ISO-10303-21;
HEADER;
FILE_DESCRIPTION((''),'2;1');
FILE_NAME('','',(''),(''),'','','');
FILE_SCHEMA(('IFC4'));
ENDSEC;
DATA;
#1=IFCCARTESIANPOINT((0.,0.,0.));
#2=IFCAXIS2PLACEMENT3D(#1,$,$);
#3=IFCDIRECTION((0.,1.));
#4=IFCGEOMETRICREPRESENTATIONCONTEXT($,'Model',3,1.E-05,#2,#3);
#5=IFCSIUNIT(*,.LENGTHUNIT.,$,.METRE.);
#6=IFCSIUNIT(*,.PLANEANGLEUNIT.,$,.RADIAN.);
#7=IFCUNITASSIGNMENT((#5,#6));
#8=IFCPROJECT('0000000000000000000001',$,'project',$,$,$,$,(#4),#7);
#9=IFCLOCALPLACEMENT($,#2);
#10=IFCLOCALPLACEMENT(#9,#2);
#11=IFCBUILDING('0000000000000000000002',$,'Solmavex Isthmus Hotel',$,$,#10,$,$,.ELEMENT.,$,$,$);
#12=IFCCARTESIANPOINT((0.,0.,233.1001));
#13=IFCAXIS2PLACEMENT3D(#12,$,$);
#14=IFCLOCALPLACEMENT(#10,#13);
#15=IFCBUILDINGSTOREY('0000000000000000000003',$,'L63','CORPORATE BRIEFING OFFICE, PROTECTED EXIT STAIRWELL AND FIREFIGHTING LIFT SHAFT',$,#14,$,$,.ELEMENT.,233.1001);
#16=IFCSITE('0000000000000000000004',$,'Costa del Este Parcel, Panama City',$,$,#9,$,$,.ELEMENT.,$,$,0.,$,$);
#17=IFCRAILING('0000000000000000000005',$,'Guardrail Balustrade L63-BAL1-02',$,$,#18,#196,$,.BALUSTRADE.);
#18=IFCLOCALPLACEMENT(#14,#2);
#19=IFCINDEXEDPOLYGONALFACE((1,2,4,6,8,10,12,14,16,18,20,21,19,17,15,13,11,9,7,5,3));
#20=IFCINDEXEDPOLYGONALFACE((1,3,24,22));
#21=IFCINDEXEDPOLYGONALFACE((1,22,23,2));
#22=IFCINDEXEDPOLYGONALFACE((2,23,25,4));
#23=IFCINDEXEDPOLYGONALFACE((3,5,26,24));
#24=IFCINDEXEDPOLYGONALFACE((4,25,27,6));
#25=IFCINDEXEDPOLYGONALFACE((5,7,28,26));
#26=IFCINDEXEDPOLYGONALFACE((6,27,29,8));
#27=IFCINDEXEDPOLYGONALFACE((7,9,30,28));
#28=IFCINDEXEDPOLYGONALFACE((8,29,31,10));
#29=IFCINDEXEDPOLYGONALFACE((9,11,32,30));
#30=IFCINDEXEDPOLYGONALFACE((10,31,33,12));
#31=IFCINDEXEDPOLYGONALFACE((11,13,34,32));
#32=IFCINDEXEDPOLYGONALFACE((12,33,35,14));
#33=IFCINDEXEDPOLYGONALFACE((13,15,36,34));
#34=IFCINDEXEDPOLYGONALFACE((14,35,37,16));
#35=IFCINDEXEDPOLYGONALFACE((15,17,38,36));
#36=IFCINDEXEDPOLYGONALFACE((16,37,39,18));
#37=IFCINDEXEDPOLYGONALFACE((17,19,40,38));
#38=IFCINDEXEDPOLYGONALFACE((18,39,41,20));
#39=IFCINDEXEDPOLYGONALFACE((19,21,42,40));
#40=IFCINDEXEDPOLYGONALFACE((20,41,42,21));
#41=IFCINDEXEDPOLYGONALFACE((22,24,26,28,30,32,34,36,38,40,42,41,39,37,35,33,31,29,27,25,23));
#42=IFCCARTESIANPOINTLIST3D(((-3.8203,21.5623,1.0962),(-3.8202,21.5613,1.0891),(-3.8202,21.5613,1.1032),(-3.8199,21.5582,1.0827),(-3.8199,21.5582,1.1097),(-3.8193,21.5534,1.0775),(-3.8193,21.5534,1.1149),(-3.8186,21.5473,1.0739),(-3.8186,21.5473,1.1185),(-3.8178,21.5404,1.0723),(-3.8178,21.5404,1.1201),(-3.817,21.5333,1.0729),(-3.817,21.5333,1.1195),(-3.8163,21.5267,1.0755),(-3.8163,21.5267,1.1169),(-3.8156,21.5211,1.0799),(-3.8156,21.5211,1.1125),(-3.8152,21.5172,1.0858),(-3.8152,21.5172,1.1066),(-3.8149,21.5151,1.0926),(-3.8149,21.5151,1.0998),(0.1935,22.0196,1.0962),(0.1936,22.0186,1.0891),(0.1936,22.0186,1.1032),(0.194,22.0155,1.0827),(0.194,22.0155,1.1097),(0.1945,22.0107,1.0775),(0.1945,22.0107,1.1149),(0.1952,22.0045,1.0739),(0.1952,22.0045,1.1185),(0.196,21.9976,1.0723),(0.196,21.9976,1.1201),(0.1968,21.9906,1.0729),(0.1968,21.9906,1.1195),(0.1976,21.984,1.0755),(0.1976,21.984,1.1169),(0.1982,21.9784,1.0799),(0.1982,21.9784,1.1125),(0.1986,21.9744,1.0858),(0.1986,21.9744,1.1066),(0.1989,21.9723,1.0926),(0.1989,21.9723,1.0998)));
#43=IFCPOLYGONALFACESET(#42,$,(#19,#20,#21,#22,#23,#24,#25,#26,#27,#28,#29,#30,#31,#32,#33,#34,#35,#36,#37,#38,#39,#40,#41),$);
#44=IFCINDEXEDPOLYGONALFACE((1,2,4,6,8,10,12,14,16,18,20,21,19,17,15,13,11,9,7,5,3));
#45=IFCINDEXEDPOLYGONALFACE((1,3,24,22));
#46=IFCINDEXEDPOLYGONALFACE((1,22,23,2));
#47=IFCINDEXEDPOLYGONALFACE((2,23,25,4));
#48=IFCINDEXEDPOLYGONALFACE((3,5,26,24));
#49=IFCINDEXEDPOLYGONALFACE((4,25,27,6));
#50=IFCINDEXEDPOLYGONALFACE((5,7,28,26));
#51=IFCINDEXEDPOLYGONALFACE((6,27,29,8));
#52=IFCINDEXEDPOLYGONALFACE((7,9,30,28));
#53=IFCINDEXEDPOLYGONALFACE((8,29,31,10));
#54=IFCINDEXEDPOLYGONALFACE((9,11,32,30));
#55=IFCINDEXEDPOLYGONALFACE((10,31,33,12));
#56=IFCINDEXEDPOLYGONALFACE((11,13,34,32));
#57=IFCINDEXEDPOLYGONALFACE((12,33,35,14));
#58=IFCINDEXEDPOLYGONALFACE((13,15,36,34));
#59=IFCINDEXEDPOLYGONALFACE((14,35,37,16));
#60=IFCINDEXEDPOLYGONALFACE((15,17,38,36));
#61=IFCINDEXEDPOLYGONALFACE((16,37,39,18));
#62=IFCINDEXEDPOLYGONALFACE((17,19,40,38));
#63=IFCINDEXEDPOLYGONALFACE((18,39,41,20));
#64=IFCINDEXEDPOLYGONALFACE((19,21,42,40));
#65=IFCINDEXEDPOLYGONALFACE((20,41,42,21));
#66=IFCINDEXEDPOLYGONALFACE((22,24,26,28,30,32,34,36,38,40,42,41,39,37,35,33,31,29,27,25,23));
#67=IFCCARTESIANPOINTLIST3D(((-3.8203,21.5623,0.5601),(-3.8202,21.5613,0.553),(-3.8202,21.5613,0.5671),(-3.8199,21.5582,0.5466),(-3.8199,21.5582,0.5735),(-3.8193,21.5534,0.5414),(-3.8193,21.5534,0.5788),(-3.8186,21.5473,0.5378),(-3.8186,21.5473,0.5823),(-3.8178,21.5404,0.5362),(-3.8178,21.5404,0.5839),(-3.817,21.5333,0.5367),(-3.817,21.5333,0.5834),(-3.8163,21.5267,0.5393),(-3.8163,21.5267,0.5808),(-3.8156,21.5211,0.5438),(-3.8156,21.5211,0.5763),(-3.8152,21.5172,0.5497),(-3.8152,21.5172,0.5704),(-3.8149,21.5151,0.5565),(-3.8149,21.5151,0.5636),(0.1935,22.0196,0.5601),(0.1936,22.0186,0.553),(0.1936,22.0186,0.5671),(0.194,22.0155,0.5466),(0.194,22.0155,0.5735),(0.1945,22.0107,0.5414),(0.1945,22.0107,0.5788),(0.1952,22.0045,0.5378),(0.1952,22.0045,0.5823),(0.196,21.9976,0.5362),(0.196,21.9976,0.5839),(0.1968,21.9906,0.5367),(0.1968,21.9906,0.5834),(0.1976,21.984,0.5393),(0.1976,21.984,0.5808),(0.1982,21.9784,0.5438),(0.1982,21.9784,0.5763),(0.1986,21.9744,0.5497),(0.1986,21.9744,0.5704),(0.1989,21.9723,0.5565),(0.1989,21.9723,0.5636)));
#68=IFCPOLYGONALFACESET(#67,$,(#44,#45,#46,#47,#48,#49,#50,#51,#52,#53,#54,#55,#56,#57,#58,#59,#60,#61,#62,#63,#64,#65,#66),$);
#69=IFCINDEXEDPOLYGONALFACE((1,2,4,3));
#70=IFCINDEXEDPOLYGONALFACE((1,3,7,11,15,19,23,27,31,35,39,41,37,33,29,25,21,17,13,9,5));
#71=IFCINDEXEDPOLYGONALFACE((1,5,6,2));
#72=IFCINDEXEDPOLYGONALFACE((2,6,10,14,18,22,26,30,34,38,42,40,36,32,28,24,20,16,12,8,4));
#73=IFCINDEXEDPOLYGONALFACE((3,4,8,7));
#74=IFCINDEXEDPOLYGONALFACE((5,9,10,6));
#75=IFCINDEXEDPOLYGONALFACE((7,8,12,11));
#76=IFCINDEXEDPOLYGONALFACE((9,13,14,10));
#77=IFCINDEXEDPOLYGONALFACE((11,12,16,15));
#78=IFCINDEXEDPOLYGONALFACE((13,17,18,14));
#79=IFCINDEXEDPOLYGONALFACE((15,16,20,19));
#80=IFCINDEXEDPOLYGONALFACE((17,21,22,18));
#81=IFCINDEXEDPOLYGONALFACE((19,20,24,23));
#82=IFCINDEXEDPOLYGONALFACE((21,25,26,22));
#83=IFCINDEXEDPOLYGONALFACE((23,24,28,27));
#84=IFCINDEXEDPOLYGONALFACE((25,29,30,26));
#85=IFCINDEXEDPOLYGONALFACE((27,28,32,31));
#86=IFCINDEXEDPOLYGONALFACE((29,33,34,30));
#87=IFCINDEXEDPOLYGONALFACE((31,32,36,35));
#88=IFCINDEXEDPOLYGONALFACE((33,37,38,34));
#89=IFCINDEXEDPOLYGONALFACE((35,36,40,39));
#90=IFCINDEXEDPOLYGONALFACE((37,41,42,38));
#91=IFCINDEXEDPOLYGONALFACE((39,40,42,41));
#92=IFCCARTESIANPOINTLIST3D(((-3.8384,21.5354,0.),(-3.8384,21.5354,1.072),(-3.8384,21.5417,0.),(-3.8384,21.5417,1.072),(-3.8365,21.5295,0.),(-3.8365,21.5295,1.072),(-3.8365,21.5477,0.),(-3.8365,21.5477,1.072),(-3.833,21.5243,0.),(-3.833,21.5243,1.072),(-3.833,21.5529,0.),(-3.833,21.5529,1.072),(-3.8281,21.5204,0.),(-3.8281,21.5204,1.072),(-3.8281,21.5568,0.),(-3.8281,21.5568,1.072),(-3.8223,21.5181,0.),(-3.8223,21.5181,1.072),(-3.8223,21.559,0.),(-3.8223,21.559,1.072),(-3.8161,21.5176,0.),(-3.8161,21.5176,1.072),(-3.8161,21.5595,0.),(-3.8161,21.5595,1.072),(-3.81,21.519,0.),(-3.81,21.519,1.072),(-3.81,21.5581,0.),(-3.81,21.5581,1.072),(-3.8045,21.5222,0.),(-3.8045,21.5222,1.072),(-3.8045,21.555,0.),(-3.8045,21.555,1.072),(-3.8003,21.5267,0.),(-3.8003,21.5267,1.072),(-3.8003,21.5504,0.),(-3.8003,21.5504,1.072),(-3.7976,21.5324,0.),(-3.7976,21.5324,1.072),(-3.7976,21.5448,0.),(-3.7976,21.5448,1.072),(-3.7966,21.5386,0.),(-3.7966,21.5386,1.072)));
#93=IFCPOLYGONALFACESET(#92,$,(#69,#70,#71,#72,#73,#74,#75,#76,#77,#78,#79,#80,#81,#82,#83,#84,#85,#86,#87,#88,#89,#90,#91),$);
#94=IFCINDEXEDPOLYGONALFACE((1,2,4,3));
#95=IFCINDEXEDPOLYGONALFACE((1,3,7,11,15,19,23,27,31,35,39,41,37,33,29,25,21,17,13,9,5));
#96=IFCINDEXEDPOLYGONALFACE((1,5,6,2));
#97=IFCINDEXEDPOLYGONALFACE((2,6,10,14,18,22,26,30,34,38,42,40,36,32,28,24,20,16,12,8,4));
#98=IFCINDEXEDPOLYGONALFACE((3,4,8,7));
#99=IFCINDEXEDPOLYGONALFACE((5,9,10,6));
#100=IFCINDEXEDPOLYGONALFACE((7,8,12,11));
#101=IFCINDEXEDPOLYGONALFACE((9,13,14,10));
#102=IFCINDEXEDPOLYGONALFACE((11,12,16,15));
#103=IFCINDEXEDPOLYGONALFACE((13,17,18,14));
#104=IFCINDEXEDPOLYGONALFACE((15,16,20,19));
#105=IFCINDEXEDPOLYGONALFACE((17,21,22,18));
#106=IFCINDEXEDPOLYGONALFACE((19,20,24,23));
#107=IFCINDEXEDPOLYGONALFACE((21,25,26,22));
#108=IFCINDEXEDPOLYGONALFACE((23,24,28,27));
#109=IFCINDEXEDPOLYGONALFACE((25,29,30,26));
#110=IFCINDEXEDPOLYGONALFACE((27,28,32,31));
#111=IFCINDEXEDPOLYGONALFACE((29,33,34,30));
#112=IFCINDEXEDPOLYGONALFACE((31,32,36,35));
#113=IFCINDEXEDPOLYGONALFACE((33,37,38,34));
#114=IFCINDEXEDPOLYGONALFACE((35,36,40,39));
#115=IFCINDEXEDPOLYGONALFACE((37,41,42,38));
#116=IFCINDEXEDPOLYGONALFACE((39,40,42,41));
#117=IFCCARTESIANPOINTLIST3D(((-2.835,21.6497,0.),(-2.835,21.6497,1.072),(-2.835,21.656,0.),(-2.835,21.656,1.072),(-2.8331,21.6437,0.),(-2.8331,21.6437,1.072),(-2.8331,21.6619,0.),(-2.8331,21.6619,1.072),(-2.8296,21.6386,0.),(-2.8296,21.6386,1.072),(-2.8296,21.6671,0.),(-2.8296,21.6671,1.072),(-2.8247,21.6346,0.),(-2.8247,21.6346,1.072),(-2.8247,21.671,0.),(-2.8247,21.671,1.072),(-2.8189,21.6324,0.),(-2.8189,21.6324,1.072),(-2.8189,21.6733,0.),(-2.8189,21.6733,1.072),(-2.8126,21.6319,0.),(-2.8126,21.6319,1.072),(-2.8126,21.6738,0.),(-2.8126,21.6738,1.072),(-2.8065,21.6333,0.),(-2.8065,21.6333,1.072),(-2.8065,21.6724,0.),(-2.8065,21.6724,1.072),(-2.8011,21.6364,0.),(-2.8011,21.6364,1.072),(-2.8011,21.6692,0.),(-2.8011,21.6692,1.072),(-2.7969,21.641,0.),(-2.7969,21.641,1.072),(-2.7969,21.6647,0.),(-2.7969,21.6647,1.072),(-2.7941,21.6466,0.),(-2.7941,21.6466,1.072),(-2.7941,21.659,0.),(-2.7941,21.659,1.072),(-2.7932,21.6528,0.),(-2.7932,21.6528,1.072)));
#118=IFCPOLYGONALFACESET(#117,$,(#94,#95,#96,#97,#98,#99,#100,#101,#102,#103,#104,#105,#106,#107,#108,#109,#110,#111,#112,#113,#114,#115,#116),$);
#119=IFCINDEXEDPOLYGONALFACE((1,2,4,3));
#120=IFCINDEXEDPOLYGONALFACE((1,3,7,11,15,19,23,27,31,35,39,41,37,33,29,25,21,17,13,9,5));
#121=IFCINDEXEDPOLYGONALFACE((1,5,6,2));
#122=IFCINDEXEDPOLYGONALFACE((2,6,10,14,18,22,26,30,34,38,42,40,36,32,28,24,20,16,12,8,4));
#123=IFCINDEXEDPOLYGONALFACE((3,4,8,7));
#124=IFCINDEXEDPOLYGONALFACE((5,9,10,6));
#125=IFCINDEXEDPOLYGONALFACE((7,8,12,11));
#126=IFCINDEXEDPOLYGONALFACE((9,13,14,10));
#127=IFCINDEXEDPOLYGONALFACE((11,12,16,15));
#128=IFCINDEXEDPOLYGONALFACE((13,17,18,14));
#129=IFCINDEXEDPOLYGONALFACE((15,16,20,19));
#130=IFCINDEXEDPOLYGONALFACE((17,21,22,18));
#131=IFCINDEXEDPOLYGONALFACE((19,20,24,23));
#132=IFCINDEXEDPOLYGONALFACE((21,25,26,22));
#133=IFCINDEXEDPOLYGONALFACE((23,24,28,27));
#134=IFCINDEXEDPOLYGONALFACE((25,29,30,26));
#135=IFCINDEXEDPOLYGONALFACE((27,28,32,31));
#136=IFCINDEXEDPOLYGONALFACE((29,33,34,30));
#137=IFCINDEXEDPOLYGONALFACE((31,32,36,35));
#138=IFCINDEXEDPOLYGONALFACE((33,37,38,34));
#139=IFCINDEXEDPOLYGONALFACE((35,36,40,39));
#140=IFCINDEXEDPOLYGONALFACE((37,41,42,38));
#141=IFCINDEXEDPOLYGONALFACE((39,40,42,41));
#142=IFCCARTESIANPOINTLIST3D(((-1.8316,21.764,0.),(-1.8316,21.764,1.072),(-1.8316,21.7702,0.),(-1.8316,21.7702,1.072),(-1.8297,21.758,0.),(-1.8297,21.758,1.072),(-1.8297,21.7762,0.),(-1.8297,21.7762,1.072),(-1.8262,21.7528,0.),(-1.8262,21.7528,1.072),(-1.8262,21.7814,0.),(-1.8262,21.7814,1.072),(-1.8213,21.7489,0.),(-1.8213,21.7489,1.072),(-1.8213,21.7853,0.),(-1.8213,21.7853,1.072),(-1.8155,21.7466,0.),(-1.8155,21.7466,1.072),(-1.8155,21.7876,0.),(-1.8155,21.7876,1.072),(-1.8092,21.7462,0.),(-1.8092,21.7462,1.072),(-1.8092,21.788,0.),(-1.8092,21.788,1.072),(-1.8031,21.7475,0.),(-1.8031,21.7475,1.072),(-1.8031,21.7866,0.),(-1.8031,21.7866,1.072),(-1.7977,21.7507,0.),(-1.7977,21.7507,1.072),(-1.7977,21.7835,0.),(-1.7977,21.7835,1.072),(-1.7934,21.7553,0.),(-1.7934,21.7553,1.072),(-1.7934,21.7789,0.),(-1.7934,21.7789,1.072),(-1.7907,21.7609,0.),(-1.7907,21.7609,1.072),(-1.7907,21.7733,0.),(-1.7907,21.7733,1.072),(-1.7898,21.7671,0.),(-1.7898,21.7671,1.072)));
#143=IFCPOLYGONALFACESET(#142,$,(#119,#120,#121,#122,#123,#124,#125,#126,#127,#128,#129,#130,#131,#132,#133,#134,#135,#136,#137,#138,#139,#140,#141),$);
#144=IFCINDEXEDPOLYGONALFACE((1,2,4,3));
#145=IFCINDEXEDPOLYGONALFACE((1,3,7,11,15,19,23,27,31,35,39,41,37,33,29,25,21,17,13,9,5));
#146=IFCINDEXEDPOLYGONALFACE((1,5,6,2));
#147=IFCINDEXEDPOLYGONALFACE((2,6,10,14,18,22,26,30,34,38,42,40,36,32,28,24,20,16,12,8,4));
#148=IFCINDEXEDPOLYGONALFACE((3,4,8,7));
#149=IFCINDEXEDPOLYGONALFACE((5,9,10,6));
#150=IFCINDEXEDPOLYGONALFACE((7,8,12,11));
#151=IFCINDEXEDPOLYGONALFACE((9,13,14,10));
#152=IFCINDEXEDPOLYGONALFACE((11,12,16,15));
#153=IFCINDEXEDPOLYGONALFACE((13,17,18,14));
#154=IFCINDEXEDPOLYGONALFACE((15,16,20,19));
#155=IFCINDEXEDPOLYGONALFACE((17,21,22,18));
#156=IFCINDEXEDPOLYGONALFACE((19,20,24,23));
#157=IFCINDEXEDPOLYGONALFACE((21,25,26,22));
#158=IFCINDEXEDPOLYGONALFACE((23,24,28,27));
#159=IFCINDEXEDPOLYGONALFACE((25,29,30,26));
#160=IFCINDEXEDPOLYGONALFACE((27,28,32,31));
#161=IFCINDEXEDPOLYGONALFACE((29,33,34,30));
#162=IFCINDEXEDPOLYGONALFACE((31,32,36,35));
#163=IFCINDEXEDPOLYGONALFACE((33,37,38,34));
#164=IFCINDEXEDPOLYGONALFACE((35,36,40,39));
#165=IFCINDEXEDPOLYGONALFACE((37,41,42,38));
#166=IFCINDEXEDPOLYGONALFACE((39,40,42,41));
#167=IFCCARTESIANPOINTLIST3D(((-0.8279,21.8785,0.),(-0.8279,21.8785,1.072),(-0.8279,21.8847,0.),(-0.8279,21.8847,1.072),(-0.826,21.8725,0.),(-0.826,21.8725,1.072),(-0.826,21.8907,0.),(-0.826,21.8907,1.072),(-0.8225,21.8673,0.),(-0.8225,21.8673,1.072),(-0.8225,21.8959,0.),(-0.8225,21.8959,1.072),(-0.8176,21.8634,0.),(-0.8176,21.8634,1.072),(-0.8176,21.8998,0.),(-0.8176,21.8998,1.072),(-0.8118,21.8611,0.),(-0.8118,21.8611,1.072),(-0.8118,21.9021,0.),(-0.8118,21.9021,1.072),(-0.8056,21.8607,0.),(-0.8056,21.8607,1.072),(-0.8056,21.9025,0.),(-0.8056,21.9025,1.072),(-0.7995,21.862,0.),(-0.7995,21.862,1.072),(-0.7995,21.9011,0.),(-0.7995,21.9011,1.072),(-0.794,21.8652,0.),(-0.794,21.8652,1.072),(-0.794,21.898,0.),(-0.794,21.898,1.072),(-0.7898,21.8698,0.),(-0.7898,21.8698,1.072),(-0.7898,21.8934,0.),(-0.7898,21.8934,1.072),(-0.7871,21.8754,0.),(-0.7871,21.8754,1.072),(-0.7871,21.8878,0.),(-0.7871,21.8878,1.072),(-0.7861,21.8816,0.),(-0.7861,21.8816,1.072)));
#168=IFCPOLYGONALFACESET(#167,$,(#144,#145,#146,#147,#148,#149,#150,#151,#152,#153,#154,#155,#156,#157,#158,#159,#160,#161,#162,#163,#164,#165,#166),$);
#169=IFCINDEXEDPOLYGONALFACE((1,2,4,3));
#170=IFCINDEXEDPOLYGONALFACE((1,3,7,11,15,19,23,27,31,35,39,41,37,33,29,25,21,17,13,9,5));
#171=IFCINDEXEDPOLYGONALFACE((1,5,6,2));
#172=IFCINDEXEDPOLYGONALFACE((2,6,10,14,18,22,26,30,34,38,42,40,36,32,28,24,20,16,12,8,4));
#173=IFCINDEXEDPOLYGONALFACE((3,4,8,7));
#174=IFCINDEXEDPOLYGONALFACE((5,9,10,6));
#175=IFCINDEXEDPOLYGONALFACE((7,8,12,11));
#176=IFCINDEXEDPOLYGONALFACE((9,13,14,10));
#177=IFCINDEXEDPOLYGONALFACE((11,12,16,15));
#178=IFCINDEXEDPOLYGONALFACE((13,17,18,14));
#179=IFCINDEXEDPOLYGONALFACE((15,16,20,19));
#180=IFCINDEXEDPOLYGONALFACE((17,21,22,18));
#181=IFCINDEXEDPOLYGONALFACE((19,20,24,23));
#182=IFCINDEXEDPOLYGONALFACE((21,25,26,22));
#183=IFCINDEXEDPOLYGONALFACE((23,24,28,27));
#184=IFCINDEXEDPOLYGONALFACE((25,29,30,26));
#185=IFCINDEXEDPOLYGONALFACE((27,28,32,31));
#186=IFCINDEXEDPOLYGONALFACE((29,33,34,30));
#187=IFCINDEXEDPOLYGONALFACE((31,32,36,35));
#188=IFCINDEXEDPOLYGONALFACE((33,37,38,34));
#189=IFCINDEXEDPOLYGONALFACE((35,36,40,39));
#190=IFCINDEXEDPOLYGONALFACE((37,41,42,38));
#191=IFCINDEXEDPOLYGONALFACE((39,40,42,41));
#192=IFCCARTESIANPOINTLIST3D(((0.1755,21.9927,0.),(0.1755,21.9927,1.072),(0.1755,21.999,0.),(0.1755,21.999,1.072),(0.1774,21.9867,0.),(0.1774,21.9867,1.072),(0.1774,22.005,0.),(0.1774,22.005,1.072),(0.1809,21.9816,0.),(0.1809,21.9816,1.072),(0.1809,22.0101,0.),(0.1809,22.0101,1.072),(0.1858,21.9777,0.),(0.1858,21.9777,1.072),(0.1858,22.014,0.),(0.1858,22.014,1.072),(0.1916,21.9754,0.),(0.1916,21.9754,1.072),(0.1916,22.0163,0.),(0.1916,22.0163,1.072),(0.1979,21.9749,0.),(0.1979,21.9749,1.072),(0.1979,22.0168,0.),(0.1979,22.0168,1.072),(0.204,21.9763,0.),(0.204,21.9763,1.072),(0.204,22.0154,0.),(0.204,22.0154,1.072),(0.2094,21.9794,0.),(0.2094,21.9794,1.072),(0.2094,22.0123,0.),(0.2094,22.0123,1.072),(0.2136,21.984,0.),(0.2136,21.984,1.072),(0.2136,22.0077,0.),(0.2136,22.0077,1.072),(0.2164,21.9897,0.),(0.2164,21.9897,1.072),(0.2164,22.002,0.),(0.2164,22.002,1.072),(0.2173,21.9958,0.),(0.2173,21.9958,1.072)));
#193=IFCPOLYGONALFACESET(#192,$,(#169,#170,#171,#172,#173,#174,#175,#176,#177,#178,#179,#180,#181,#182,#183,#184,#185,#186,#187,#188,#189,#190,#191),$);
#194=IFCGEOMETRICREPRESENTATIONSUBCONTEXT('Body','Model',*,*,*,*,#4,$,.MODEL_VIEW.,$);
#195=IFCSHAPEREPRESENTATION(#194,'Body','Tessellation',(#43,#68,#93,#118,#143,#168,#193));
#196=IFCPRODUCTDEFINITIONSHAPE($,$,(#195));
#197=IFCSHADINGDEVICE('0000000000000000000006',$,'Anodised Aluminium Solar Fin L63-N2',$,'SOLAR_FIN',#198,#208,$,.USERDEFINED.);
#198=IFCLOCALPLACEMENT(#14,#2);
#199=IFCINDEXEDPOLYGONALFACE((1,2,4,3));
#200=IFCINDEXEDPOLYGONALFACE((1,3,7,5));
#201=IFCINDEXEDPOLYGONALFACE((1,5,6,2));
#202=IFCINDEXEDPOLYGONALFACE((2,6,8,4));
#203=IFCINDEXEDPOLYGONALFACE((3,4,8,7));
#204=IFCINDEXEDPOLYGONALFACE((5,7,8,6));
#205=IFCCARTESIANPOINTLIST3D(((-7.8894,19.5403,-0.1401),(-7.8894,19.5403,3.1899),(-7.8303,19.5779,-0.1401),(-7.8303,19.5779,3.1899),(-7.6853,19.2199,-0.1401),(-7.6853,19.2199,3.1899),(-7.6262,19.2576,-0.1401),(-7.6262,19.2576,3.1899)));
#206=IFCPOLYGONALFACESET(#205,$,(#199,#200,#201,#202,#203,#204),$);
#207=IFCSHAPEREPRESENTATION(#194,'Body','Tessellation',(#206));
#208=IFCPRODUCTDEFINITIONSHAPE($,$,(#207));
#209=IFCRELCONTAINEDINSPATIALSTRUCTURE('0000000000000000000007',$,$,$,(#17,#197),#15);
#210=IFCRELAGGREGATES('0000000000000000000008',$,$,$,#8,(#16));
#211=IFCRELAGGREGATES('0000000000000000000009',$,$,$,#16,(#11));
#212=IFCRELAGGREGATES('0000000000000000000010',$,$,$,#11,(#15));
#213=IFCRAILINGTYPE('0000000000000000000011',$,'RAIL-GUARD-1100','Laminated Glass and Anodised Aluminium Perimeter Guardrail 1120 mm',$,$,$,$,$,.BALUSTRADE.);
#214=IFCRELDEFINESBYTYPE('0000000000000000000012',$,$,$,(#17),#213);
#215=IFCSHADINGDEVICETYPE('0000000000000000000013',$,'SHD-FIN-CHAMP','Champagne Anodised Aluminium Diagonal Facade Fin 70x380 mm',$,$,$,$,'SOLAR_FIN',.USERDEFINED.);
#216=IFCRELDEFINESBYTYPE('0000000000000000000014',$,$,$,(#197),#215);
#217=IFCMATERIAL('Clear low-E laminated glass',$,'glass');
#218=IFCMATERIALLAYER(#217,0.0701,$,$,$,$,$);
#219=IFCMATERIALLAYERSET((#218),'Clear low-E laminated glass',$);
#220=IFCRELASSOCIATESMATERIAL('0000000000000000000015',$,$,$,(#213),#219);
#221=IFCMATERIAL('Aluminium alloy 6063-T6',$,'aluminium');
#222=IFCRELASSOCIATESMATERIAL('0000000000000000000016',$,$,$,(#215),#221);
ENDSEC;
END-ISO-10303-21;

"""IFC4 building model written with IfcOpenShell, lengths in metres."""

from ifc_helpers import new_model, si_unit, direction, frame, origin, origin_2d, place, context, subcontext, project, spatial, rectangle, circle, extrude, material, layer, layer_set, type_object, element, save


model = new_model("IFC4")

# Units and contexts
model_context = context("Model", 3, precision=1e-05, world=origin(), true_north=direction((0.0, 1.0)))
body_context = subcontext(model_context, "Body", "Model", "MODEL_VIEW")
ifc_project = project(units=[si_unit("LENGTHUNIT", "METRE"), si_unit("PLANEANGLEUNIT", "RADIAN")], contexts=[model_context])

# Site, building, storey
site_placement = place(None, origin())
site = spatial("IfcSite", under=ifc_project, at=site_placement, Name="Costa del Este Parcel, Panama City", CompositionType="ELEMENT", RefElevation=0.0)
building_placement = place(site_placement, origin())
building = spatial("IfcBuilding", under=site, at=building_placement, Name="Solmavex Isthmus Hotel", CompositionType="ELEMENT")
storey_placement = place(building_placement, frame((0.0, 0.0, 233.1001)))
storey = spatial("IfcBuildingStorey", under=building, at=storey_placement, Name="L63", Description="CORPORATE BRIEFING OFFICE, PROTECTED EXIT STAIRWELL AND FIREFIGHTING LIFT SHAFT", CompositionType="ELEMENT", Elevation=233.1001)

# Shared definitions
ifc_material_1 = material(Name="Aluminium alloy 6063-T6", Category="aluminium")

# Shared definitions
ifc_material_2 = material(Name="Clear low-E laminated glass", Category="glass")

# Railing
ifc_layer_1 = layer(ifc_material_2, 0.0701)
ifc_layer_set_1 = layer_set([ifc_layer_1], Name="Clear low-E laminated glass")
railing_type = type_object("IfcRailingType", Name="RAIL-GUARD-1100", Description="Laminated Glass and Anodised Aluminium Perimeter Guardrail 1120 mm", PredefinedType="BALUSTRADE", material=ifc_layer_set_1)
railing_1_placement = place(storey_placement, frame((-3.8176, 21.5386, 0.0)))
element("IfcRailing", 1, at=railing_1_placement, inside=storey, type_object=railing_type, Name="Guardrail Balustrade L63-BAL1-02", PredefinedType="BALUSTRADE", context=body_context, shape_type="SweptSolid", body=[
    extrude(circle(Radius=0.0239, at=origin_2d()), frame((0.0, 0.0, 1.0962), z_axis=(0.993573, 0.11319, 0.0), x_axis=(-0.11319, 0.993573, 0.0)), (0.0, 0.0, 1.0), 4.0398),
    extrude(circle(Radius=0.0239, at=origin_2d()), frame((0.0, 0.0, 0.5601), z_axis=(0.993573, 0.11319, 0.0), x_axis=(-0.11319, 0.993573, 0.0)), (0.0, 0.0, 1.0), 4.0398),
    extrude(circle(Radius=0.021, at=origin_2d()), origin(), (0.0, 0.0, 1.0), 1.072),
    extrude(circle(Radius=0.021, at=origin_2d()), frame((1.0034, 0.1143, 0.0)), (0.0, 0.0, 1.0), 1.072),
    extrude(circle(Radius=0.021, at=origin_2d()), frame((2.0068, 0.2285, 0.0)), (0.0, 0.0, 1.0), 1.072),
    extrude(circle(Radius=0.021, at=origin_2d()), frame((3.0105, 0.343, 0.0)), (0.0, 0.0, 1.0), 1.072),
    extrude(circle(Radius=0.021, at=origin_2d()), frame((4.0139, 0.4573, 0.0)), (0.0, 0.0, 1.0), 1.072),
])

# Shading device
shading_device_type = type_object("IfcShadingDeviceType", Name="SHD-FIN-CHAMP", Description="Champagne Anodised Aluminium Diagonal Facade Fin 70x380 mm", ElementType="SOLAR_FIN", PredefinedType="USERDEFINED", material=ifc_material_1)
shading_device_placement = place(storey_placement, frame((-7.7578, 19.3989, -0.1401), z_axis=(0.0, 0.0, 1.0), x_axis=(-0.5373, 0.843391, 0.0)))
element("IfcShadingDevice", 2, at=shading_device_placement, inside=storey, type_object=shading_device_type, Name="Anodised Aluminium Solar Fin L63-N2", ObjectType="SOLAR_FIN", PredefinedType="USERDEFINED", context=body_context, shape_type="SweptSolid", body=[
    extrude(rectangle(XDim=0.3799, YDim=0.0701, at=origin_2d()), origin(), (0.0, 0.0, 1.0), 3.3301),
])

save(model, "model.ifc")
